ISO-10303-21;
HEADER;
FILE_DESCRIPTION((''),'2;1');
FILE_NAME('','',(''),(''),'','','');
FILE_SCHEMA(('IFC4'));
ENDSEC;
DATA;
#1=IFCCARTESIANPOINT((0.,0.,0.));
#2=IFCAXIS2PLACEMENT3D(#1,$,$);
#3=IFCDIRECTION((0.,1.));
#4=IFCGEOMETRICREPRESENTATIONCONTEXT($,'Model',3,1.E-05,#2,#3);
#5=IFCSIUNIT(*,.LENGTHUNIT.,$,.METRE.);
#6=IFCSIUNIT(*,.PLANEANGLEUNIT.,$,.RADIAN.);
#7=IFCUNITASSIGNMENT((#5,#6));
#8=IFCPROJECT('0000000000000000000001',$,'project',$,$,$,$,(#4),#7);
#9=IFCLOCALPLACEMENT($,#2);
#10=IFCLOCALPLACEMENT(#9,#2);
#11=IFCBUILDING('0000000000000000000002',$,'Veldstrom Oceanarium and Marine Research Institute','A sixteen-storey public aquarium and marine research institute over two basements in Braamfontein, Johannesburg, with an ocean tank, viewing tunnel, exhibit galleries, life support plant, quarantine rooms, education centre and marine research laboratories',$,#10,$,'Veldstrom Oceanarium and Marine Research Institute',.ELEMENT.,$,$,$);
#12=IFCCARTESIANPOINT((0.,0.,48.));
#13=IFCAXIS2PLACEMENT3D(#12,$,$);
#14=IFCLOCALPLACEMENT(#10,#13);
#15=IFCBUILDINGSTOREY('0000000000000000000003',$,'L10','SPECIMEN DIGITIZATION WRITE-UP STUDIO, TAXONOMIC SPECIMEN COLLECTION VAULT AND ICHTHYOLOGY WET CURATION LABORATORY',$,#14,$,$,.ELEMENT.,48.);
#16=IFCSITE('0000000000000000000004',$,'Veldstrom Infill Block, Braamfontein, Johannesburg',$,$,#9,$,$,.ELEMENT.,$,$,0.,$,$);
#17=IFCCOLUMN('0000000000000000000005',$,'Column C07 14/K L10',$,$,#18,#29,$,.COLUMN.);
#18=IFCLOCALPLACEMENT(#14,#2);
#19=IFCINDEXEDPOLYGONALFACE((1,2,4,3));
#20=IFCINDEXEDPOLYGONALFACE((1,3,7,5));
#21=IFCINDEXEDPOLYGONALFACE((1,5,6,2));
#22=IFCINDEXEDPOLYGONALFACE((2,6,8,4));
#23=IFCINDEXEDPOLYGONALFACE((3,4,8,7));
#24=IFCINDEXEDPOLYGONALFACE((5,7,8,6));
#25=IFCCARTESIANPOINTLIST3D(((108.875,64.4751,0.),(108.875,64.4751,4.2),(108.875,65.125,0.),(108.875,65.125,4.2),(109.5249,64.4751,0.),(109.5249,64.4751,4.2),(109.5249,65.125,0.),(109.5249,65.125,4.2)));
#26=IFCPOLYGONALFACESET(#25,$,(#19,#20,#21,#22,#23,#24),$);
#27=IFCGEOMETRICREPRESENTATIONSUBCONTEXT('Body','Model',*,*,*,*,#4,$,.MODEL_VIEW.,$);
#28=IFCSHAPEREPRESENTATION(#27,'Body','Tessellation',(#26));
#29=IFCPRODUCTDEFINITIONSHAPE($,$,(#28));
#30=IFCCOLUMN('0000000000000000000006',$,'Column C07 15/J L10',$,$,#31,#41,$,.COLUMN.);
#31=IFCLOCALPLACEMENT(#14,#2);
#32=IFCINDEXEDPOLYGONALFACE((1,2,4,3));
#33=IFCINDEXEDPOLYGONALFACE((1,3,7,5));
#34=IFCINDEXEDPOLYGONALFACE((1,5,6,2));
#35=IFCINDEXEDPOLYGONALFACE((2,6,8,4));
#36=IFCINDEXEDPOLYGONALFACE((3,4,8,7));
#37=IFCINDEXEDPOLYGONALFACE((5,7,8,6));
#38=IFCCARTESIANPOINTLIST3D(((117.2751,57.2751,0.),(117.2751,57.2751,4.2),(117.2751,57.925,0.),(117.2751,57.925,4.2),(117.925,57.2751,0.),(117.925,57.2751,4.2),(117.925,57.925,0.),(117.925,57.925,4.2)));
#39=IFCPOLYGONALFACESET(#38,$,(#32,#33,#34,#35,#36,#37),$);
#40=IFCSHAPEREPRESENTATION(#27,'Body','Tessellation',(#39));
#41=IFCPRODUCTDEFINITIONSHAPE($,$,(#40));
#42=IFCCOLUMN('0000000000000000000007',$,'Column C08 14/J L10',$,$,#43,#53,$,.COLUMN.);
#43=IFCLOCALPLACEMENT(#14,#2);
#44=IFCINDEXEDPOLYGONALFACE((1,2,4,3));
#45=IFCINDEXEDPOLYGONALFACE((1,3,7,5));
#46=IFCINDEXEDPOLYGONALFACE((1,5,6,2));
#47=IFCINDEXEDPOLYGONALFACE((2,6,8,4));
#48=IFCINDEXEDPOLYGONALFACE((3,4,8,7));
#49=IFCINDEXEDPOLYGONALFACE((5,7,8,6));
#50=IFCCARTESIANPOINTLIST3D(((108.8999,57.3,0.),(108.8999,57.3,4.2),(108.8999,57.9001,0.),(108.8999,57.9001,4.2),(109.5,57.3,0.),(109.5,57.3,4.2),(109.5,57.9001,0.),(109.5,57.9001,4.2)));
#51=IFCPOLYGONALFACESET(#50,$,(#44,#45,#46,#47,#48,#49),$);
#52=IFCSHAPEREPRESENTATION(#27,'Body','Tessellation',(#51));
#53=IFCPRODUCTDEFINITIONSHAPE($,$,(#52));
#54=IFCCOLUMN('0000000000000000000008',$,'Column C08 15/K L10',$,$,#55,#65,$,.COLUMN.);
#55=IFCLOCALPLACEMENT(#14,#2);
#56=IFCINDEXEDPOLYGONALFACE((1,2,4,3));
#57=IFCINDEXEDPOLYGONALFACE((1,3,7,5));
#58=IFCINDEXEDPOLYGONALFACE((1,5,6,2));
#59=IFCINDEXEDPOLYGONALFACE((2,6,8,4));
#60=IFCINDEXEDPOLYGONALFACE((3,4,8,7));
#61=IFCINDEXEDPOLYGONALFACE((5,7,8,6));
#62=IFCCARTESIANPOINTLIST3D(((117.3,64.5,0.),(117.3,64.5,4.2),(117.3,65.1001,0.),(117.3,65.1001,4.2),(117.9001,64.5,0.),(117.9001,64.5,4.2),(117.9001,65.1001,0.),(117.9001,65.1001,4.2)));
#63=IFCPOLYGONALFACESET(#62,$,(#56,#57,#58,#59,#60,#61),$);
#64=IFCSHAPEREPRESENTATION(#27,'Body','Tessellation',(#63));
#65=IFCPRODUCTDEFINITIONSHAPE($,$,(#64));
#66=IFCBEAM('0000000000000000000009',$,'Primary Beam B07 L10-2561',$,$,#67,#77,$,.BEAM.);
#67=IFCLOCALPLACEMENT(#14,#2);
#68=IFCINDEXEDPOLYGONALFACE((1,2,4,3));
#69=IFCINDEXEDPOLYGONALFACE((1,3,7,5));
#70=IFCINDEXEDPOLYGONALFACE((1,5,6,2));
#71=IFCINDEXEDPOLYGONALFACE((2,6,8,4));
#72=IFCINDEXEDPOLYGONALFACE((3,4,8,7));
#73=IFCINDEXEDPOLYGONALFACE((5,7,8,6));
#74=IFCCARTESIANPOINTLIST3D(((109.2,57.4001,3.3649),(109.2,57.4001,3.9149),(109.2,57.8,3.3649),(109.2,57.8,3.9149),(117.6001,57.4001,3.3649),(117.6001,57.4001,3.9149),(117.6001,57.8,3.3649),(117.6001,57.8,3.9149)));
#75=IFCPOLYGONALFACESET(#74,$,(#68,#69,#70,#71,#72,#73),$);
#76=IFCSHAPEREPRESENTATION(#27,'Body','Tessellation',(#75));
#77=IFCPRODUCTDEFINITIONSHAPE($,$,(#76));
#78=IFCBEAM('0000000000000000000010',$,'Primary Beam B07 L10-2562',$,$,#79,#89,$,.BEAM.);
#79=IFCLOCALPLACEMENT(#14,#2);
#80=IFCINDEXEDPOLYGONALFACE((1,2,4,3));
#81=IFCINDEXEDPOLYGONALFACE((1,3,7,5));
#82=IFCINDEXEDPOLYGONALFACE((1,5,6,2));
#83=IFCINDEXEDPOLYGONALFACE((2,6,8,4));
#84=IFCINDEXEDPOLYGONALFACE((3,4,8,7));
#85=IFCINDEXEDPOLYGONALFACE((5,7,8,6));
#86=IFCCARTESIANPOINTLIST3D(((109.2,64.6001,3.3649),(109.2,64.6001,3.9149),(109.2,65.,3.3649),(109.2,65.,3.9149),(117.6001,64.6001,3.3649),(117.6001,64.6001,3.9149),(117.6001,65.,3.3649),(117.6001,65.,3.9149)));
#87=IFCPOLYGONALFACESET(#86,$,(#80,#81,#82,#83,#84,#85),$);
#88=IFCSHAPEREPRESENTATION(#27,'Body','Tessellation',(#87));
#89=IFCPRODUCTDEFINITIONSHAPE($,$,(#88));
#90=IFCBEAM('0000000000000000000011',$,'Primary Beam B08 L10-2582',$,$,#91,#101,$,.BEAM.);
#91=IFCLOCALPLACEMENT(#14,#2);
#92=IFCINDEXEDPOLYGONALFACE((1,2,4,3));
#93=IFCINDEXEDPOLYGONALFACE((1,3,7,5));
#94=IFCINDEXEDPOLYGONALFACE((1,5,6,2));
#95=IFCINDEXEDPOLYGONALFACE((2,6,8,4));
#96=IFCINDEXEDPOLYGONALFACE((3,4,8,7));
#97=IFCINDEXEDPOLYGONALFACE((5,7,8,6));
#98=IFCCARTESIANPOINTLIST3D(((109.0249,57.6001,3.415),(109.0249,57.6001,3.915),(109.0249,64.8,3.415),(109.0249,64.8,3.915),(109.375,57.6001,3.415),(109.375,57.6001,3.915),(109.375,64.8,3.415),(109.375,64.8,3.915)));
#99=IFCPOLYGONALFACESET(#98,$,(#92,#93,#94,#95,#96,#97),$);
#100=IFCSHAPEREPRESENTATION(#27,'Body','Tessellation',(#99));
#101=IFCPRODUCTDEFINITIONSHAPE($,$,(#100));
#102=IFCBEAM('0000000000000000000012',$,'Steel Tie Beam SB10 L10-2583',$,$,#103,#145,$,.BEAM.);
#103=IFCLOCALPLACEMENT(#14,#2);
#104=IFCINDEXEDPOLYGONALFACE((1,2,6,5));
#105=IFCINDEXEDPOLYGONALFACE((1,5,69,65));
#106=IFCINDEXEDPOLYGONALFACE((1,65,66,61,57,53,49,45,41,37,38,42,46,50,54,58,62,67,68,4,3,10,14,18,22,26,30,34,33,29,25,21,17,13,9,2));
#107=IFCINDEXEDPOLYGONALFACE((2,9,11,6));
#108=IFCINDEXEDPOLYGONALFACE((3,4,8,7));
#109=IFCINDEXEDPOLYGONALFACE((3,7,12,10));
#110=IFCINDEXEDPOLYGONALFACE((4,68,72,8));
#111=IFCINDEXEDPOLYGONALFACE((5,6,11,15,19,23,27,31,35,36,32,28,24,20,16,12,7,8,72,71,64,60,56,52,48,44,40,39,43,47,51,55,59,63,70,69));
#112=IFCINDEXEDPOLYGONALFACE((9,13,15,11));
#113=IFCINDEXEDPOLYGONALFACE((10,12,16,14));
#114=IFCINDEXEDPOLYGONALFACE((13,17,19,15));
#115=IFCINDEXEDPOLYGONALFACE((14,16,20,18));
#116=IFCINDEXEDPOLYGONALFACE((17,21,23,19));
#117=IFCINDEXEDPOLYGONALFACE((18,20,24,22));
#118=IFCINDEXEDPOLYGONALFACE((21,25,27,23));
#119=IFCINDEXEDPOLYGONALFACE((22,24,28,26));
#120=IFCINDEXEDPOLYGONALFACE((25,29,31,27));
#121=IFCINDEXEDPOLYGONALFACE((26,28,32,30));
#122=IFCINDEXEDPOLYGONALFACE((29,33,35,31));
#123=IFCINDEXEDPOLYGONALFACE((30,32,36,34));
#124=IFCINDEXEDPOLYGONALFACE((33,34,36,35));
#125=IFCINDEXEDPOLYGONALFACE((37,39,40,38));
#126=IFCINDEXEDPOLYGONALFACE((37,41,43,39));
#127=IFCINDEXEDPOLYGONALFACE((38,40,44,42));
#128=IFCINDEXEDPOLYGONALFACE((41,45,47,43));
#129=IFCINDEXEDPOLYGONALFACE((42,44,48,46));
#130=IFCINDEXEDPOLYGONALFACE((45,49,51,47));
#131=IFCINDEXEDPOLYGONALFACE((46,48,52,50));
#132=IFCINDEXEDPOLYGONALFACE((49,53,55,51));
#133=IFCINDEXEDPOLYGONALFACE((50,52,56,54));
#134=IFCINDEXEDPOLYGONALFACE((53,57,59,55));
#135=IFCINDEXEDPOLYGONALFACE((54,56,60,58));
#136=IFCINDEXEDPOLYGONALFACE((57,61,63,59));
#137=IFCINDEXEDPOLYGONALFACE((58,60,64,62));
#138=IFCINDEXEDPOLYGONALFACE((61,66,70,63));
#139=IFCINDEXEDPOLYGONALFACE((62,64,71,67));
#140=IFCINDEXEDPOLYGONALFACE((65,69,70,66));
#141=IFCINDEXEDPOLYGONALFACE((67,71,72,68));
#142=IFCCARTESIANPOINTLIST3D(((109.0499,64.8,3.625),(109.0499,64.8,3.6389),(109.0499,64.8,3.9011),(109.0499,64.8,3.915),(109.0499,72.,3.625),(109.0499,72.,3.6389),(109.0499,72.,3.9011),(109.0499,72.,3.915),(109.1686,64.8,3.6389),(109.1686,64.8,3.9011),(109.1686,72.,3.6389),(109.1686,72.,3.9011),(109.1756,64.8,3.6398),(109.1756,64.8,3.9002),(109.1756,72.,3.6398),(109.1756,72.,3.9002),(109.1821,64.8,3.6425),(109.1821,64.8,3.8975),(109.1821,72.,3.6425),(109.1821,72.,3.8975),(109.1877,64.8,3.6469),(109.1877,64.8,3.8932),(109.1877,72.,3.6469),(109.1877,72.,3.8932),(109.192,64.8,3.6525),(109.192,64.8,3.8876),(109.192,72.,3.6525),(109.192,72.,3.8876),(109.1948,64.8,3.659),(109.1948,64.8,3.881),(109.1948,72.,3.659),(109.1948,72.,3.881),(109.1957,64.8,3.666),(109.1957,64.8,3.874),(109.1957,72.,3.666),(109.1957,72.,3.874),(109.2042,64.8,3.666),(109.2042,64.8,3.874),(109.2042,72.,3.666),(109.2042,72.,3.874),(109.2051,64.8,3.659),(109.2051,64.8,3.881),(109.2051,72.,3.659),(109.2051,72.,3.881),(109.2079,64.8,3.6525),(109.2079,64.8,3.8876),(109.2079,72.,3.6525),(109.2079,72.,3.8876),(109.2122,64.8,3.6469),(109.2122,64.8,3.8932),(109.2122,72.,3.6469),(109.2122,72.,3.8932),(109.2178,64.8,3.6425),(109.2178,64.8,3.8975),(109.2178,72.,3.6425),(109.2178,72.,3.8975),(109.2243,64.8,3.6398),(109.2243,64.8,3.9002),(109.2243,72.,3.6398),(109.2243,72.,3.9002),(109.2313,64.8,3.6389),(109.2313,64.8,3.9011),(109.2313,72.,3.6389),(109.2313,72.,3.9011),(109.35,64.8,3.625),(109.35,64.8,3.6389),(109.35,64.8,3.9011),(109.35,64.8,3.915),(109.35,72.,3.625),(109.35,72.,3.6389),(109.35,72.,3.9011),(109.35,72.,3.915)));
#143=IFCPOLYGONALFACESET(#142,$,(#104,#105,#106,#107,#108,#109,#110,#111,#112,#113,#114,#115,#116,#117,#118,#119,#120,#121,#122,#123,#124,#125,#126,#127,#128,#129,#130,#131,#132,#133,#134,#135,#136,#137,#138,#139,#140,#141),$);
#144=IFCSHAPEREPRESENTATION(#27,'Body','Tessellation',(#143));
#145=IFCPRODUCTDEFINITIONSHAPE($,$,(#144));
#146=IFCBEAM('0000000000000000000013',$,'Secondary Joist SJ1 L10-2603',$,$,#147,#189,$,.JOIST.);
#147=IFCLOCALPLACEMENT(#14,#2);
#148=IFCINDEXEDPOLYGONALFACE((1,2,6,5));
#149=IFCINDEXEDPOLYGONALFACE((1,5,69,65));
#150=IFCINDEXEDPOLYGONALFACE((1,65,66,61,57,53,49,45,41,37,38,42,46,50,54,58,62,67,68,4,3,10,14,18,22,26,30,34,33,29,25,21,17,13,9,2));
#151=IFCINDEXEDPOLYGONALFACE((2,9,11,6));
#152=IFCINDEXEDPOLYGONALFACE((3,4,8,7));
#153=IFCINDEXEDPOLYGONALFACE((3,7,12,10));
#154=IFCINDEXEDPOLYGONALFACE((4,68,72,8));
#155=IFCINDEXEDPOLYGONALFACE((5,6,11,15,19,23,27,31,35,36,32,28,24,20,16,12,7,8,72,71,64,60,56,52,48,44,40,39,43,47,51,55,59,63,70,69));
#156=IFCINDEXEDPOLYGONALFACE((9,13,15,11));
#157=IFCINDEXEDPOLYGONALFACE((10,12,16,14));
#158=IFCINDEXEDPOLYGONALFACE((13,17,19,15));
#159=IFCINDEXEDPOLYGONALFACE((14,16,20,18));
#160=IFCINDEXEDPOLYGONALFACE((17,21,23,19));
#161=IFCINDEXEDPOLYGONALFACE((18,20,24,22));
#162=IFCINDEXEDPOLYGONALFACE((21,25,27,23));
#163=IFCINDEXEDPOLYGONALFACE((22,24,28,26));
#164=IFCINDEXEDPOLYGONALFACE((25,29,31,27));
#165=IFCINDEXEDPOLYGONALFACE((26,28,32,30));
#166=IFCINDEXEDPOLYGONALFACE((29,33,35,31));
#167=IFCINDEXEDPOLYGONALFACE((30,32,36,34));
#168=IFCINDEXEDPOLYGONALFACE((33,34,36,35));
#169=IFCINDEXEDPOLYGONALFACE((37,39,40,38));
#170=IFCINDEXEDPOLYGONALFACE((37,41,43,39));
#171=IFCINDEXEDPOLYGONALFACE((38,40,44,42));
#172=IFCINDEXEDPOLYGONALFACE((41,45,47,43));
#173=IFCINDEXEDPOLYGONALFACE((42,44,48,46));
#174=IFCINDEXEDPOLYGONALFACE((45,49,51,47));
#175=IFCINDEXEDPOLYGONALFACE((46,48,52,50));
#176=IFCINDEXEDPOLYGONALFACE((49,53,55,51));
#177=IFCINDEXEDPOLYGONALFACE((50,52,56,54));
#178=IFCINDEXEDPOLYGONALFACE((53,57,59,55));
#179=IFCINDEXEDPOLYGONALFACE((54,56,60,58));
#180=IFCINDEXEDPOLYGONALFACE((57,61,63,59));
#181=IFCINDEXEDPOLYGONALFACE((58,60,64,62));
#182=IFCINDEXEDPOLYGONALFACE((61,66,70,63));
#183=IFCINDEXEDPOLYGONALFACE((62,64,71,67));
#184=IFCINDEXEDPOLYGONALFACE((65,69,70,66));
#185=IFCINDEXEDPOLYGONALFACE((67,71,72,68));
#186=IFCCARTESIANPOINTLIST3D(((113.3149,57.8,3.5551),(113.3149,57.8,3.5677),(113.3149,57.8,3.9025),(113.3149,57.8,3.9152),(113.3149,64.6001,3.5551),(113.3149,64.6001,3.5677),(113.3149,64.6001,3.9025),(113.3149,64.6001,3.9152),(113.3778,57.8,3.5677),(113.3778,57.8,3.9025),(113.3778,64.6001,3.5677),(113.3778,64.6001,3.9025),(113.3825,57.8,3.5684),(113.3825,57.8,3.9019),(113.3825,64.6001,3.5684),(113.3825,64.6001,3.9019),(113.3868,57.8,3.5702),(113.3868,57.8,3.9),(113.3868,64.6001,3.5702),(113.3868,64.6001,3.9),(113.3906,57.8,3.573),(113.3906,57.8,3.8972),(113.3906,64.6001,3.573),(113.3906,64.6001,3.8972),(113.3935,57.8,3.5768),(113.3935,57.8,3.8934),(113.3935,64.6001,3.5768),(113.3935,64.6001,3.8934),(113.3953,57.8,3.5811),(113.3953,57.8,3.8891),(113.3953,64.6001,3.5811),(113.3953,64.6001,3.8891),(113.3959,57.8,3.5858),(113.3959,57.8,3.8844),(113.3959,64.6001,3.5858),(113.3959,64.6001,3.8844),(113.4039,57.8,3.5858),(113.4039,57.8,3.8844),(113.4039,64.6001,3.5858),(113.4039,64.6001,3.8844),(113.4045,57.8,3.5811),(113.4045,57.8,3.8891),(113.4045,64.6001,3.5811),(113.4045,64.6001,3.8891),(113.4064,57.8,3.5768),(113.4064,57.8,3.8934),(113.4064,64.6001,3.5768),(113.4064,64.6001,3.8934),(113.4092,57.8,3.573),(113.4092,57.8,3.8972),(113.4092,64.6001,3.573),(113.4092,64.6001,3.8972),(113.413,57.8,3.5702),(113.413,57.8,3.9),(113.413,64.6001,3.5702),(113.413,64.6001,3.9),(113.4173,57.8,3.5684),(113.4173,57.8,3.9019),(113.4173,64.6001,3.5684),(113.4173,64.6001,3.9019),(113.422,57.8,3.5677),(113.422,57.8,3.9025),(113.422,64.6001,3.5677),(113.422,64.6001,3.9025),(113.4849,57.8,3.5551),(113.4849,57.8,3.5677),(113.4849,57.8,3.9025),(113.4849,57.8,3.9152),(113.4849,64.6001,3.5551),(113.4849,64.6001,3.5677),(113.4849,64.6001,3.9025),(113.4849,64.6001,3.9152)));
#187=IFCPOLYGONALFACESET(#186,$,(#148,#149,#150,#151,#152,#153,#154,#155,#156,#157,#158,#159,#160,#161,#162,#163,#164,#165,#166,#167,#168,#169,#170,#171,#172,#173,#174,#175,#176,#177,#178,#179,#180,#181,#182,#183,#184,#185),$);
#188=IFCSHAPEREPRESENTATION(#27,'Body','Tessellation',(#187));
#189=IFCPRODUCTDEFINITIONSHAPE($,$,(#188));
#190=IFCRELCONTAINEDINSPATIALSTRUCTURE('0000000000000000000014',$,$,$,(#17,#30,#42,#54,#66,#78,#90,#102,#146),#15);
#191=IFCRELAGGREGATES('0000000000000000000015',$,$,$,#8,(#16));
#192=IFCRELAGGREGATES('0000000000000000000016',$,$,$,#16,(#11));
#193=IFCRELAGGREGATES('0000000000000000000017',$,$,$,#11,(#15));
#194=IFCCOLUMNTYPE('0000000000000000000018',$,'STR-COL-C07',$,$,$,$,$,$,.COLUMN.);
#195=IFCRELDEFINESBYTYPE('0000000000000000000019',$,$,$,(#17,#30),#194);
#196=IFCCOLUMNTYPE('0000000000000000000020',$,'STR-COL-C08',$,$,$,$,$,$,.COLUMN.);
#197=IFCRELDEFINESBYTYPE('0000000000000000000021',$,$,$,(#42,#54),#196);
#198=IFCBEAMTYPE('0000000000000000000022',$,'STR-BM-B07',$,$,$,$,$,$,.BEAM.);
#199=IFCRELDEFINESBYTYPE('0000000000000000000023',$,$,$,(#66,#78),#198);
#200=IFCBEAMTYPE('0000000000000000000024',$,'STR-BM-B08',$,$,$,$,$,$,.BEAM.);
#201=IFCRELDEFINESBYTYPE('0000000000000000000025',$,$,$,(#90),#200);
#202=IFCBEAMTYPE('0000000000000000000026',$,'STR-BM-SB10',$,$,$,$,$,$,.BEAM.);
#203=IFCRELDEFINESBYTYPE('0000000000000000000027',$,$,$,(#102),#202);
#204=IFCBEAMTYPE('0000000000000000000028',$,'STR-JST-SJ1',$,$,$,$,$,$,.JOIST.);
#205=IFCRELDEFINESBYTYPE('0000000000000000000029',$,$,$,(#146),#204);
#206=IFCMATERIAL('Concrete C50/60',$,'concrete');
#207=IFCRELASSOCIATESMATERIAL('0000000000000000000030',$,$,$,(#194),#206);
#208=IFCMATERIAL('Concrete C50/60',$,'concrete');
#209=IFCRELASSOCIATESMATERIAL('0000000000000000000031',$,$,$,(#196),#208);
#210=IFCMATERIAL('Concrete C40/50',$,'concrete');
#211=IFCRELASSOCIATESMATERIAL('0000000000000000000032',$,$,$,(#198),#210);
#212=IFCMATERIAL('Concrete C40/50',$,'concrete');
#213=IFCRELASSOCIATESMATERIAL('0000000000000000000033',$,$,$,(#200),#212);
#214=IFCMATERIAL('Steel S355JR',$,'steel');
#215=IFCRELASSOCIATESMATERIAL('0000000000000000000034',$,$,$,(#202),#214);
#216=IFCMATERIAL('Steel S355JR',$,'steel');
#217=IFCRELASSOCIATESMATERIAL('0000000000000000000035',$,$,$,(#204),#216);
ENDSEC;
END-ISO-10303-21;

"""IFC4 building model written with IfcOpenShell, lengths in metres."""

from ifc_helpers import new_model, si_unit, direction, frame, origin, origin_2d, place, context, subcontext, project, spatial, rectangle, i_section, extrude, material, material_profile, profile_set, type_object, element, save


model = new_model("IFC4")

# Units and contexts
model_context = context("Model", 3, precision=1e-05, world=origin(), true_north=direction((0.0, 1.0)))
body_context = subcontext(model_context, "Body", "Model", "MODEL_VIEW")
ifc_project = project(units=[si_unit("LENGTHUNIT", "METRE"), si_unit("PLANEANGLEUNIT", "RADIAN")], contexts=[model_context])

# Site, building, storey
site_placement = place(None, origin())
site = spatial("IfcSite", under=ifc_project, at=site_placement, Name="Veldstrom Infill Block, Braamfontein, Johannesburg", CompositionType="ELEMENT", RefElevation=0.0)
building_placement = place(site_placement, origin())
building = spatial("IfcBuilding", under=site, at=building_placement, Name="Veldstrom Oceanarium and Marine Research Institute", Description="A sixteen-storey public aquarium and marine research institute over two basements in Braamfontein, Johannesburg, with an ocean tank, viewing tunnel, exhibit galleries, life support plant, quarantine rooms, education centre and marine research laboratories", LongName="Veldstrom Oceanarium and Marine Research Institute", CompositionType="ELEMENT")
storey_placement = place(building_placement, frame((0.0, 0.0, 48.0)))
storey = spatial("IfcBuildingStorey", under=building, at=storey_placement, Name="L10", Description="SPECIMEN DIGITIZATION WRITE-UP STUDIO, TAXONOMIC SPECIMEN COLLECTION VAULT AND ICHTHYOLOGY WET CURATION LABORATORY", CompositionType="ELEMENT", Elevation=48.0)

# Columns
ifc_material_1 = material(Name="Concrete C50/60", Category="concrete")
ifc_material_profile_1 = material_profile(ifc_material_1, rectangle(XDim=0.6499, YDim=0.6499, at=origin_2d()), Name="RC-COL-650x650")
ifc_profile_set_1 = profile_set([ifc_material_profile_1], Name="Concrete C50/60")
column_type_1 = type_object("IfcColumnType", Name="STR-COL-C07", PredefinedType="COLUMN", material=ifc_profile_set_1)
for number, where, z_axis, x_axis, name in (
    (1, (109.2, 64.8, 0.0), (0.0, 0.0, 1.0), (1.0, 0.0, 0.0), "Column C07 14/K L10"),
    (2, (117.6001, 57.6001, 0.0), (0.0, 0.0, 1.0), (1.0, 0.0, 0.0), "Column C07 15/J L10"),
):
    element("IfcColumn", number, at=place(storey_placement, frame(where, z_axis=z_axis, x_axis=x_axis)), inside=storey, type_object=column_type_1, Name=name, PredefinedType="COLUMN", context=body_context, shape_type="SweptSolid", body=[
        extrude(rectangle(XDim=0.6499, YDim=0.6499, at=origin_2d()), origin(), (0.0, 0.0, 1.0), 4.2),
    ])
ifc_material_2 = material(Name="Concrete C50/60", Category="concrete")
ifc_material_profile_2 = material_profile(ifc_material_2, rectangle(XDim=0.6001, YDim=0.6001, at=origin_2d()), Name="RC-COL-600x600")
ifc_profile_set_2 = profile_set([ifc_material_profile_2], Name="Concrete C50/60")
column_type_2 = type_object("IfcColumnType", Name="STR-COL-C08", PredefinedType="COLUMN", material=ifc_profile_set_2)
for number, where, z_axis, x_axis, name in (
    (3, (109.2, 57.6001, 0.0), (0.0, 0.0, 1.0), (1.0, 0.0, 0.0), "Column C08 14/J L10"),
    (4, (117.6001, 64.8, 0.0), (0.0, 0.0, 1.0), (1.0, 0.0, 0.0), "Column C08 15/K L10"),
):
    element("IfcColumn", number, at=place(storey_placement, frame(where, z_axis=z_axis, x_axis=x_axis)), inside=storey, type_object=column_type_2, Name=name, PredefinedType="COLUMN", context=body_context, shape_type="SweptSolid", body=[
        extrude(rectangle(XDim=0.6001, YDim=0.6001, at=origin_2d()), origin(), (0.0, 0.0, 1.0), 4.2),
    ])

# Beams
ifc_material_3 = material(Name="Concrete C40/50", Category="concrete")
ifc_material_profile_3 = material_profile(ifc_material_3, rectangle(XDim=0.3999, YDim=0.55, at=origin_2d()), Name="RC-BM-400x550")
ifc_profile_set_3 = profile_set([ifc_material_profile_3], Name="Concrete C40/50")
beam_type_1 = type_object("IfcBeamType", Name="STR-BM-B07", PredefinedType="BEAM", material=ifc_profile_set_3)
for number, where, z_axis, x_axis, name in (
    (5, (109.2, 57.6001, 3.6399), (1.0, 0.0, 0.0), (0.0, 1.0, 0.0), "Primary Beam B07 L10-2561"),
    (6, (109.2, 64.8, 3.6399), (1.0, 0.0, 0.0), (0.0, 1.0, 0.0), "Primary Beam B07 L10-2562"),
):
    element("IfcBeam", number, at=place(storey_placement, frame(where, z_axis=z_axis, x_axis=x_axis)), inside=storey, type_object=beam_type_1, Name=name, PredefinedType="BEAM", context=body_context, shape_type="SweptSolid", body=[
        extrude(rectangle(XDim=0.3999, YDim=0.55, at=origin_2d()), origin(), (0.0, 0.0, 1.0), 8.4001),
    ])
ifc_material_4 = material(Name="Concrete C40/50", Category="concrete")
ifc_material_profile_4 = material_profile(ifc_material_4, rectangle(XDim=0.3501, YDim=0.5, at=origin_2d()), Name="RC-BM-350x500")
ifc_profile_set_4 = profile_set([ifc_material_profile_4], Name="Concrete C40/50")
beam_type_2 = type_object("IfcBeamType", Name="STR-BM-B08", PredefinedType="BEAM", material=ifc_profile_set_4)
beam_1_placement = place(storey_placement, frame((109.2, 57.6001, 3.665), z_axis=(0.0, 1.0, 0.0), x_axis=(-1.0, 0.0, 0.0)))
element("IfcBeam", 7, at=beam_1_placement, inside=storey, type_object=beam_type_2, Name="Primary Beam B08 L10-2582", PredefinedType="BEAM", context=body_context, shape_type="SweptSolid", body=[
    extrude(rectangle(XDim=0.3501, YDim=0.5, at=origin_2d()), origin(), (0.0, 0.0, 1.0), 7.2),
])
ifc_material_5 = material(Name="Steel S355JR", Category="steel")
ifc_material_profile_5 = material_profile(ifc_material_5, i_section(OverallWidth=0.3, OverallDepth=0.29, WebThickness=0.0085, FlangeThickness=0.0139, FilletRadius=0.0271, at=origin_2d()), Name="HEA 300")
ifc_profile_set_5 = profile_set([ifc_material_profile_5], Name="Steel S355JR")
beam_type_3 = type_object("IfcBeamType", Name="STR-BM-SB10", PredefinedType="BEAM", material=ifc_profile_set_5)
beam_2_placement = place(storey_placement, frame((109.2, 64.8, 3.77), z_axis=(0.0, 1.0, 0.0), x_axis=(-1.0, 0.0, 0.0)))
element("IfcBeam", 8, at=beam_2_placement, inside=storey, type_object=beam_type_3, Name="Steel Tie Beam SB10 L10-2583", PredefinedType="BEAM", context=body_context, shape_type="SweptSolid", body=[
    extrude(i_section(OverallWidth=0.3, OverallDepth=0.29, WebThickness=0.0085, FlangeThickness=0.0139, FilletRadius=0.0271, at=origin_2d()), origin(), (0.0, 0.0, 1.0), 7.2),
])
ifc_material_6 = material(Name="Steel S355JR", Category="steel")
ifc_material_profile_6 = material_profile(ifc_material_6, i_section(OverallWidth=0.1699, OverallDepth=0.3601, WebThickness=0.0081, FlangeThickness=0.0127, FilletRadius=0.0181, at=origin_2d()), Name="IPE 360")
ifc_profile_set_6 = profile_set([ifc_material_profile_6], Name="Steel S355JR")
beam_type_4 = type_object("IfcBeamType", Name="STR-JST-SJ1", PredefinedType="JOIST", material=ifc_profile_set_6)
beam_3_placement = place(storey_placement, frame((113.3999, 57.8, 3.7351), z_axis=(0.0, 1.0, 0.0), x_axis=(-1.0, 0.0, 0.0)))
element("IfcBeam", 9, at=beam_3_placement, inside=storey, type_object=beam_type_4, Name="Secondary Joist SJ1 L10-2603", PredefinedType="JOIST", context=body_context, shape_type="SweptSolid", body=[
    extrude(i_section(OverallWidth=0.1699, OverallDepth=0.3601, WebThickness=0.0081, FlangeThickness=0.0127, FilletRadius=0.0181, at=origin_2d()), origin(), (0.0, 0.0, 1.0), 6.8),
])

save(model, "model.ifc")
